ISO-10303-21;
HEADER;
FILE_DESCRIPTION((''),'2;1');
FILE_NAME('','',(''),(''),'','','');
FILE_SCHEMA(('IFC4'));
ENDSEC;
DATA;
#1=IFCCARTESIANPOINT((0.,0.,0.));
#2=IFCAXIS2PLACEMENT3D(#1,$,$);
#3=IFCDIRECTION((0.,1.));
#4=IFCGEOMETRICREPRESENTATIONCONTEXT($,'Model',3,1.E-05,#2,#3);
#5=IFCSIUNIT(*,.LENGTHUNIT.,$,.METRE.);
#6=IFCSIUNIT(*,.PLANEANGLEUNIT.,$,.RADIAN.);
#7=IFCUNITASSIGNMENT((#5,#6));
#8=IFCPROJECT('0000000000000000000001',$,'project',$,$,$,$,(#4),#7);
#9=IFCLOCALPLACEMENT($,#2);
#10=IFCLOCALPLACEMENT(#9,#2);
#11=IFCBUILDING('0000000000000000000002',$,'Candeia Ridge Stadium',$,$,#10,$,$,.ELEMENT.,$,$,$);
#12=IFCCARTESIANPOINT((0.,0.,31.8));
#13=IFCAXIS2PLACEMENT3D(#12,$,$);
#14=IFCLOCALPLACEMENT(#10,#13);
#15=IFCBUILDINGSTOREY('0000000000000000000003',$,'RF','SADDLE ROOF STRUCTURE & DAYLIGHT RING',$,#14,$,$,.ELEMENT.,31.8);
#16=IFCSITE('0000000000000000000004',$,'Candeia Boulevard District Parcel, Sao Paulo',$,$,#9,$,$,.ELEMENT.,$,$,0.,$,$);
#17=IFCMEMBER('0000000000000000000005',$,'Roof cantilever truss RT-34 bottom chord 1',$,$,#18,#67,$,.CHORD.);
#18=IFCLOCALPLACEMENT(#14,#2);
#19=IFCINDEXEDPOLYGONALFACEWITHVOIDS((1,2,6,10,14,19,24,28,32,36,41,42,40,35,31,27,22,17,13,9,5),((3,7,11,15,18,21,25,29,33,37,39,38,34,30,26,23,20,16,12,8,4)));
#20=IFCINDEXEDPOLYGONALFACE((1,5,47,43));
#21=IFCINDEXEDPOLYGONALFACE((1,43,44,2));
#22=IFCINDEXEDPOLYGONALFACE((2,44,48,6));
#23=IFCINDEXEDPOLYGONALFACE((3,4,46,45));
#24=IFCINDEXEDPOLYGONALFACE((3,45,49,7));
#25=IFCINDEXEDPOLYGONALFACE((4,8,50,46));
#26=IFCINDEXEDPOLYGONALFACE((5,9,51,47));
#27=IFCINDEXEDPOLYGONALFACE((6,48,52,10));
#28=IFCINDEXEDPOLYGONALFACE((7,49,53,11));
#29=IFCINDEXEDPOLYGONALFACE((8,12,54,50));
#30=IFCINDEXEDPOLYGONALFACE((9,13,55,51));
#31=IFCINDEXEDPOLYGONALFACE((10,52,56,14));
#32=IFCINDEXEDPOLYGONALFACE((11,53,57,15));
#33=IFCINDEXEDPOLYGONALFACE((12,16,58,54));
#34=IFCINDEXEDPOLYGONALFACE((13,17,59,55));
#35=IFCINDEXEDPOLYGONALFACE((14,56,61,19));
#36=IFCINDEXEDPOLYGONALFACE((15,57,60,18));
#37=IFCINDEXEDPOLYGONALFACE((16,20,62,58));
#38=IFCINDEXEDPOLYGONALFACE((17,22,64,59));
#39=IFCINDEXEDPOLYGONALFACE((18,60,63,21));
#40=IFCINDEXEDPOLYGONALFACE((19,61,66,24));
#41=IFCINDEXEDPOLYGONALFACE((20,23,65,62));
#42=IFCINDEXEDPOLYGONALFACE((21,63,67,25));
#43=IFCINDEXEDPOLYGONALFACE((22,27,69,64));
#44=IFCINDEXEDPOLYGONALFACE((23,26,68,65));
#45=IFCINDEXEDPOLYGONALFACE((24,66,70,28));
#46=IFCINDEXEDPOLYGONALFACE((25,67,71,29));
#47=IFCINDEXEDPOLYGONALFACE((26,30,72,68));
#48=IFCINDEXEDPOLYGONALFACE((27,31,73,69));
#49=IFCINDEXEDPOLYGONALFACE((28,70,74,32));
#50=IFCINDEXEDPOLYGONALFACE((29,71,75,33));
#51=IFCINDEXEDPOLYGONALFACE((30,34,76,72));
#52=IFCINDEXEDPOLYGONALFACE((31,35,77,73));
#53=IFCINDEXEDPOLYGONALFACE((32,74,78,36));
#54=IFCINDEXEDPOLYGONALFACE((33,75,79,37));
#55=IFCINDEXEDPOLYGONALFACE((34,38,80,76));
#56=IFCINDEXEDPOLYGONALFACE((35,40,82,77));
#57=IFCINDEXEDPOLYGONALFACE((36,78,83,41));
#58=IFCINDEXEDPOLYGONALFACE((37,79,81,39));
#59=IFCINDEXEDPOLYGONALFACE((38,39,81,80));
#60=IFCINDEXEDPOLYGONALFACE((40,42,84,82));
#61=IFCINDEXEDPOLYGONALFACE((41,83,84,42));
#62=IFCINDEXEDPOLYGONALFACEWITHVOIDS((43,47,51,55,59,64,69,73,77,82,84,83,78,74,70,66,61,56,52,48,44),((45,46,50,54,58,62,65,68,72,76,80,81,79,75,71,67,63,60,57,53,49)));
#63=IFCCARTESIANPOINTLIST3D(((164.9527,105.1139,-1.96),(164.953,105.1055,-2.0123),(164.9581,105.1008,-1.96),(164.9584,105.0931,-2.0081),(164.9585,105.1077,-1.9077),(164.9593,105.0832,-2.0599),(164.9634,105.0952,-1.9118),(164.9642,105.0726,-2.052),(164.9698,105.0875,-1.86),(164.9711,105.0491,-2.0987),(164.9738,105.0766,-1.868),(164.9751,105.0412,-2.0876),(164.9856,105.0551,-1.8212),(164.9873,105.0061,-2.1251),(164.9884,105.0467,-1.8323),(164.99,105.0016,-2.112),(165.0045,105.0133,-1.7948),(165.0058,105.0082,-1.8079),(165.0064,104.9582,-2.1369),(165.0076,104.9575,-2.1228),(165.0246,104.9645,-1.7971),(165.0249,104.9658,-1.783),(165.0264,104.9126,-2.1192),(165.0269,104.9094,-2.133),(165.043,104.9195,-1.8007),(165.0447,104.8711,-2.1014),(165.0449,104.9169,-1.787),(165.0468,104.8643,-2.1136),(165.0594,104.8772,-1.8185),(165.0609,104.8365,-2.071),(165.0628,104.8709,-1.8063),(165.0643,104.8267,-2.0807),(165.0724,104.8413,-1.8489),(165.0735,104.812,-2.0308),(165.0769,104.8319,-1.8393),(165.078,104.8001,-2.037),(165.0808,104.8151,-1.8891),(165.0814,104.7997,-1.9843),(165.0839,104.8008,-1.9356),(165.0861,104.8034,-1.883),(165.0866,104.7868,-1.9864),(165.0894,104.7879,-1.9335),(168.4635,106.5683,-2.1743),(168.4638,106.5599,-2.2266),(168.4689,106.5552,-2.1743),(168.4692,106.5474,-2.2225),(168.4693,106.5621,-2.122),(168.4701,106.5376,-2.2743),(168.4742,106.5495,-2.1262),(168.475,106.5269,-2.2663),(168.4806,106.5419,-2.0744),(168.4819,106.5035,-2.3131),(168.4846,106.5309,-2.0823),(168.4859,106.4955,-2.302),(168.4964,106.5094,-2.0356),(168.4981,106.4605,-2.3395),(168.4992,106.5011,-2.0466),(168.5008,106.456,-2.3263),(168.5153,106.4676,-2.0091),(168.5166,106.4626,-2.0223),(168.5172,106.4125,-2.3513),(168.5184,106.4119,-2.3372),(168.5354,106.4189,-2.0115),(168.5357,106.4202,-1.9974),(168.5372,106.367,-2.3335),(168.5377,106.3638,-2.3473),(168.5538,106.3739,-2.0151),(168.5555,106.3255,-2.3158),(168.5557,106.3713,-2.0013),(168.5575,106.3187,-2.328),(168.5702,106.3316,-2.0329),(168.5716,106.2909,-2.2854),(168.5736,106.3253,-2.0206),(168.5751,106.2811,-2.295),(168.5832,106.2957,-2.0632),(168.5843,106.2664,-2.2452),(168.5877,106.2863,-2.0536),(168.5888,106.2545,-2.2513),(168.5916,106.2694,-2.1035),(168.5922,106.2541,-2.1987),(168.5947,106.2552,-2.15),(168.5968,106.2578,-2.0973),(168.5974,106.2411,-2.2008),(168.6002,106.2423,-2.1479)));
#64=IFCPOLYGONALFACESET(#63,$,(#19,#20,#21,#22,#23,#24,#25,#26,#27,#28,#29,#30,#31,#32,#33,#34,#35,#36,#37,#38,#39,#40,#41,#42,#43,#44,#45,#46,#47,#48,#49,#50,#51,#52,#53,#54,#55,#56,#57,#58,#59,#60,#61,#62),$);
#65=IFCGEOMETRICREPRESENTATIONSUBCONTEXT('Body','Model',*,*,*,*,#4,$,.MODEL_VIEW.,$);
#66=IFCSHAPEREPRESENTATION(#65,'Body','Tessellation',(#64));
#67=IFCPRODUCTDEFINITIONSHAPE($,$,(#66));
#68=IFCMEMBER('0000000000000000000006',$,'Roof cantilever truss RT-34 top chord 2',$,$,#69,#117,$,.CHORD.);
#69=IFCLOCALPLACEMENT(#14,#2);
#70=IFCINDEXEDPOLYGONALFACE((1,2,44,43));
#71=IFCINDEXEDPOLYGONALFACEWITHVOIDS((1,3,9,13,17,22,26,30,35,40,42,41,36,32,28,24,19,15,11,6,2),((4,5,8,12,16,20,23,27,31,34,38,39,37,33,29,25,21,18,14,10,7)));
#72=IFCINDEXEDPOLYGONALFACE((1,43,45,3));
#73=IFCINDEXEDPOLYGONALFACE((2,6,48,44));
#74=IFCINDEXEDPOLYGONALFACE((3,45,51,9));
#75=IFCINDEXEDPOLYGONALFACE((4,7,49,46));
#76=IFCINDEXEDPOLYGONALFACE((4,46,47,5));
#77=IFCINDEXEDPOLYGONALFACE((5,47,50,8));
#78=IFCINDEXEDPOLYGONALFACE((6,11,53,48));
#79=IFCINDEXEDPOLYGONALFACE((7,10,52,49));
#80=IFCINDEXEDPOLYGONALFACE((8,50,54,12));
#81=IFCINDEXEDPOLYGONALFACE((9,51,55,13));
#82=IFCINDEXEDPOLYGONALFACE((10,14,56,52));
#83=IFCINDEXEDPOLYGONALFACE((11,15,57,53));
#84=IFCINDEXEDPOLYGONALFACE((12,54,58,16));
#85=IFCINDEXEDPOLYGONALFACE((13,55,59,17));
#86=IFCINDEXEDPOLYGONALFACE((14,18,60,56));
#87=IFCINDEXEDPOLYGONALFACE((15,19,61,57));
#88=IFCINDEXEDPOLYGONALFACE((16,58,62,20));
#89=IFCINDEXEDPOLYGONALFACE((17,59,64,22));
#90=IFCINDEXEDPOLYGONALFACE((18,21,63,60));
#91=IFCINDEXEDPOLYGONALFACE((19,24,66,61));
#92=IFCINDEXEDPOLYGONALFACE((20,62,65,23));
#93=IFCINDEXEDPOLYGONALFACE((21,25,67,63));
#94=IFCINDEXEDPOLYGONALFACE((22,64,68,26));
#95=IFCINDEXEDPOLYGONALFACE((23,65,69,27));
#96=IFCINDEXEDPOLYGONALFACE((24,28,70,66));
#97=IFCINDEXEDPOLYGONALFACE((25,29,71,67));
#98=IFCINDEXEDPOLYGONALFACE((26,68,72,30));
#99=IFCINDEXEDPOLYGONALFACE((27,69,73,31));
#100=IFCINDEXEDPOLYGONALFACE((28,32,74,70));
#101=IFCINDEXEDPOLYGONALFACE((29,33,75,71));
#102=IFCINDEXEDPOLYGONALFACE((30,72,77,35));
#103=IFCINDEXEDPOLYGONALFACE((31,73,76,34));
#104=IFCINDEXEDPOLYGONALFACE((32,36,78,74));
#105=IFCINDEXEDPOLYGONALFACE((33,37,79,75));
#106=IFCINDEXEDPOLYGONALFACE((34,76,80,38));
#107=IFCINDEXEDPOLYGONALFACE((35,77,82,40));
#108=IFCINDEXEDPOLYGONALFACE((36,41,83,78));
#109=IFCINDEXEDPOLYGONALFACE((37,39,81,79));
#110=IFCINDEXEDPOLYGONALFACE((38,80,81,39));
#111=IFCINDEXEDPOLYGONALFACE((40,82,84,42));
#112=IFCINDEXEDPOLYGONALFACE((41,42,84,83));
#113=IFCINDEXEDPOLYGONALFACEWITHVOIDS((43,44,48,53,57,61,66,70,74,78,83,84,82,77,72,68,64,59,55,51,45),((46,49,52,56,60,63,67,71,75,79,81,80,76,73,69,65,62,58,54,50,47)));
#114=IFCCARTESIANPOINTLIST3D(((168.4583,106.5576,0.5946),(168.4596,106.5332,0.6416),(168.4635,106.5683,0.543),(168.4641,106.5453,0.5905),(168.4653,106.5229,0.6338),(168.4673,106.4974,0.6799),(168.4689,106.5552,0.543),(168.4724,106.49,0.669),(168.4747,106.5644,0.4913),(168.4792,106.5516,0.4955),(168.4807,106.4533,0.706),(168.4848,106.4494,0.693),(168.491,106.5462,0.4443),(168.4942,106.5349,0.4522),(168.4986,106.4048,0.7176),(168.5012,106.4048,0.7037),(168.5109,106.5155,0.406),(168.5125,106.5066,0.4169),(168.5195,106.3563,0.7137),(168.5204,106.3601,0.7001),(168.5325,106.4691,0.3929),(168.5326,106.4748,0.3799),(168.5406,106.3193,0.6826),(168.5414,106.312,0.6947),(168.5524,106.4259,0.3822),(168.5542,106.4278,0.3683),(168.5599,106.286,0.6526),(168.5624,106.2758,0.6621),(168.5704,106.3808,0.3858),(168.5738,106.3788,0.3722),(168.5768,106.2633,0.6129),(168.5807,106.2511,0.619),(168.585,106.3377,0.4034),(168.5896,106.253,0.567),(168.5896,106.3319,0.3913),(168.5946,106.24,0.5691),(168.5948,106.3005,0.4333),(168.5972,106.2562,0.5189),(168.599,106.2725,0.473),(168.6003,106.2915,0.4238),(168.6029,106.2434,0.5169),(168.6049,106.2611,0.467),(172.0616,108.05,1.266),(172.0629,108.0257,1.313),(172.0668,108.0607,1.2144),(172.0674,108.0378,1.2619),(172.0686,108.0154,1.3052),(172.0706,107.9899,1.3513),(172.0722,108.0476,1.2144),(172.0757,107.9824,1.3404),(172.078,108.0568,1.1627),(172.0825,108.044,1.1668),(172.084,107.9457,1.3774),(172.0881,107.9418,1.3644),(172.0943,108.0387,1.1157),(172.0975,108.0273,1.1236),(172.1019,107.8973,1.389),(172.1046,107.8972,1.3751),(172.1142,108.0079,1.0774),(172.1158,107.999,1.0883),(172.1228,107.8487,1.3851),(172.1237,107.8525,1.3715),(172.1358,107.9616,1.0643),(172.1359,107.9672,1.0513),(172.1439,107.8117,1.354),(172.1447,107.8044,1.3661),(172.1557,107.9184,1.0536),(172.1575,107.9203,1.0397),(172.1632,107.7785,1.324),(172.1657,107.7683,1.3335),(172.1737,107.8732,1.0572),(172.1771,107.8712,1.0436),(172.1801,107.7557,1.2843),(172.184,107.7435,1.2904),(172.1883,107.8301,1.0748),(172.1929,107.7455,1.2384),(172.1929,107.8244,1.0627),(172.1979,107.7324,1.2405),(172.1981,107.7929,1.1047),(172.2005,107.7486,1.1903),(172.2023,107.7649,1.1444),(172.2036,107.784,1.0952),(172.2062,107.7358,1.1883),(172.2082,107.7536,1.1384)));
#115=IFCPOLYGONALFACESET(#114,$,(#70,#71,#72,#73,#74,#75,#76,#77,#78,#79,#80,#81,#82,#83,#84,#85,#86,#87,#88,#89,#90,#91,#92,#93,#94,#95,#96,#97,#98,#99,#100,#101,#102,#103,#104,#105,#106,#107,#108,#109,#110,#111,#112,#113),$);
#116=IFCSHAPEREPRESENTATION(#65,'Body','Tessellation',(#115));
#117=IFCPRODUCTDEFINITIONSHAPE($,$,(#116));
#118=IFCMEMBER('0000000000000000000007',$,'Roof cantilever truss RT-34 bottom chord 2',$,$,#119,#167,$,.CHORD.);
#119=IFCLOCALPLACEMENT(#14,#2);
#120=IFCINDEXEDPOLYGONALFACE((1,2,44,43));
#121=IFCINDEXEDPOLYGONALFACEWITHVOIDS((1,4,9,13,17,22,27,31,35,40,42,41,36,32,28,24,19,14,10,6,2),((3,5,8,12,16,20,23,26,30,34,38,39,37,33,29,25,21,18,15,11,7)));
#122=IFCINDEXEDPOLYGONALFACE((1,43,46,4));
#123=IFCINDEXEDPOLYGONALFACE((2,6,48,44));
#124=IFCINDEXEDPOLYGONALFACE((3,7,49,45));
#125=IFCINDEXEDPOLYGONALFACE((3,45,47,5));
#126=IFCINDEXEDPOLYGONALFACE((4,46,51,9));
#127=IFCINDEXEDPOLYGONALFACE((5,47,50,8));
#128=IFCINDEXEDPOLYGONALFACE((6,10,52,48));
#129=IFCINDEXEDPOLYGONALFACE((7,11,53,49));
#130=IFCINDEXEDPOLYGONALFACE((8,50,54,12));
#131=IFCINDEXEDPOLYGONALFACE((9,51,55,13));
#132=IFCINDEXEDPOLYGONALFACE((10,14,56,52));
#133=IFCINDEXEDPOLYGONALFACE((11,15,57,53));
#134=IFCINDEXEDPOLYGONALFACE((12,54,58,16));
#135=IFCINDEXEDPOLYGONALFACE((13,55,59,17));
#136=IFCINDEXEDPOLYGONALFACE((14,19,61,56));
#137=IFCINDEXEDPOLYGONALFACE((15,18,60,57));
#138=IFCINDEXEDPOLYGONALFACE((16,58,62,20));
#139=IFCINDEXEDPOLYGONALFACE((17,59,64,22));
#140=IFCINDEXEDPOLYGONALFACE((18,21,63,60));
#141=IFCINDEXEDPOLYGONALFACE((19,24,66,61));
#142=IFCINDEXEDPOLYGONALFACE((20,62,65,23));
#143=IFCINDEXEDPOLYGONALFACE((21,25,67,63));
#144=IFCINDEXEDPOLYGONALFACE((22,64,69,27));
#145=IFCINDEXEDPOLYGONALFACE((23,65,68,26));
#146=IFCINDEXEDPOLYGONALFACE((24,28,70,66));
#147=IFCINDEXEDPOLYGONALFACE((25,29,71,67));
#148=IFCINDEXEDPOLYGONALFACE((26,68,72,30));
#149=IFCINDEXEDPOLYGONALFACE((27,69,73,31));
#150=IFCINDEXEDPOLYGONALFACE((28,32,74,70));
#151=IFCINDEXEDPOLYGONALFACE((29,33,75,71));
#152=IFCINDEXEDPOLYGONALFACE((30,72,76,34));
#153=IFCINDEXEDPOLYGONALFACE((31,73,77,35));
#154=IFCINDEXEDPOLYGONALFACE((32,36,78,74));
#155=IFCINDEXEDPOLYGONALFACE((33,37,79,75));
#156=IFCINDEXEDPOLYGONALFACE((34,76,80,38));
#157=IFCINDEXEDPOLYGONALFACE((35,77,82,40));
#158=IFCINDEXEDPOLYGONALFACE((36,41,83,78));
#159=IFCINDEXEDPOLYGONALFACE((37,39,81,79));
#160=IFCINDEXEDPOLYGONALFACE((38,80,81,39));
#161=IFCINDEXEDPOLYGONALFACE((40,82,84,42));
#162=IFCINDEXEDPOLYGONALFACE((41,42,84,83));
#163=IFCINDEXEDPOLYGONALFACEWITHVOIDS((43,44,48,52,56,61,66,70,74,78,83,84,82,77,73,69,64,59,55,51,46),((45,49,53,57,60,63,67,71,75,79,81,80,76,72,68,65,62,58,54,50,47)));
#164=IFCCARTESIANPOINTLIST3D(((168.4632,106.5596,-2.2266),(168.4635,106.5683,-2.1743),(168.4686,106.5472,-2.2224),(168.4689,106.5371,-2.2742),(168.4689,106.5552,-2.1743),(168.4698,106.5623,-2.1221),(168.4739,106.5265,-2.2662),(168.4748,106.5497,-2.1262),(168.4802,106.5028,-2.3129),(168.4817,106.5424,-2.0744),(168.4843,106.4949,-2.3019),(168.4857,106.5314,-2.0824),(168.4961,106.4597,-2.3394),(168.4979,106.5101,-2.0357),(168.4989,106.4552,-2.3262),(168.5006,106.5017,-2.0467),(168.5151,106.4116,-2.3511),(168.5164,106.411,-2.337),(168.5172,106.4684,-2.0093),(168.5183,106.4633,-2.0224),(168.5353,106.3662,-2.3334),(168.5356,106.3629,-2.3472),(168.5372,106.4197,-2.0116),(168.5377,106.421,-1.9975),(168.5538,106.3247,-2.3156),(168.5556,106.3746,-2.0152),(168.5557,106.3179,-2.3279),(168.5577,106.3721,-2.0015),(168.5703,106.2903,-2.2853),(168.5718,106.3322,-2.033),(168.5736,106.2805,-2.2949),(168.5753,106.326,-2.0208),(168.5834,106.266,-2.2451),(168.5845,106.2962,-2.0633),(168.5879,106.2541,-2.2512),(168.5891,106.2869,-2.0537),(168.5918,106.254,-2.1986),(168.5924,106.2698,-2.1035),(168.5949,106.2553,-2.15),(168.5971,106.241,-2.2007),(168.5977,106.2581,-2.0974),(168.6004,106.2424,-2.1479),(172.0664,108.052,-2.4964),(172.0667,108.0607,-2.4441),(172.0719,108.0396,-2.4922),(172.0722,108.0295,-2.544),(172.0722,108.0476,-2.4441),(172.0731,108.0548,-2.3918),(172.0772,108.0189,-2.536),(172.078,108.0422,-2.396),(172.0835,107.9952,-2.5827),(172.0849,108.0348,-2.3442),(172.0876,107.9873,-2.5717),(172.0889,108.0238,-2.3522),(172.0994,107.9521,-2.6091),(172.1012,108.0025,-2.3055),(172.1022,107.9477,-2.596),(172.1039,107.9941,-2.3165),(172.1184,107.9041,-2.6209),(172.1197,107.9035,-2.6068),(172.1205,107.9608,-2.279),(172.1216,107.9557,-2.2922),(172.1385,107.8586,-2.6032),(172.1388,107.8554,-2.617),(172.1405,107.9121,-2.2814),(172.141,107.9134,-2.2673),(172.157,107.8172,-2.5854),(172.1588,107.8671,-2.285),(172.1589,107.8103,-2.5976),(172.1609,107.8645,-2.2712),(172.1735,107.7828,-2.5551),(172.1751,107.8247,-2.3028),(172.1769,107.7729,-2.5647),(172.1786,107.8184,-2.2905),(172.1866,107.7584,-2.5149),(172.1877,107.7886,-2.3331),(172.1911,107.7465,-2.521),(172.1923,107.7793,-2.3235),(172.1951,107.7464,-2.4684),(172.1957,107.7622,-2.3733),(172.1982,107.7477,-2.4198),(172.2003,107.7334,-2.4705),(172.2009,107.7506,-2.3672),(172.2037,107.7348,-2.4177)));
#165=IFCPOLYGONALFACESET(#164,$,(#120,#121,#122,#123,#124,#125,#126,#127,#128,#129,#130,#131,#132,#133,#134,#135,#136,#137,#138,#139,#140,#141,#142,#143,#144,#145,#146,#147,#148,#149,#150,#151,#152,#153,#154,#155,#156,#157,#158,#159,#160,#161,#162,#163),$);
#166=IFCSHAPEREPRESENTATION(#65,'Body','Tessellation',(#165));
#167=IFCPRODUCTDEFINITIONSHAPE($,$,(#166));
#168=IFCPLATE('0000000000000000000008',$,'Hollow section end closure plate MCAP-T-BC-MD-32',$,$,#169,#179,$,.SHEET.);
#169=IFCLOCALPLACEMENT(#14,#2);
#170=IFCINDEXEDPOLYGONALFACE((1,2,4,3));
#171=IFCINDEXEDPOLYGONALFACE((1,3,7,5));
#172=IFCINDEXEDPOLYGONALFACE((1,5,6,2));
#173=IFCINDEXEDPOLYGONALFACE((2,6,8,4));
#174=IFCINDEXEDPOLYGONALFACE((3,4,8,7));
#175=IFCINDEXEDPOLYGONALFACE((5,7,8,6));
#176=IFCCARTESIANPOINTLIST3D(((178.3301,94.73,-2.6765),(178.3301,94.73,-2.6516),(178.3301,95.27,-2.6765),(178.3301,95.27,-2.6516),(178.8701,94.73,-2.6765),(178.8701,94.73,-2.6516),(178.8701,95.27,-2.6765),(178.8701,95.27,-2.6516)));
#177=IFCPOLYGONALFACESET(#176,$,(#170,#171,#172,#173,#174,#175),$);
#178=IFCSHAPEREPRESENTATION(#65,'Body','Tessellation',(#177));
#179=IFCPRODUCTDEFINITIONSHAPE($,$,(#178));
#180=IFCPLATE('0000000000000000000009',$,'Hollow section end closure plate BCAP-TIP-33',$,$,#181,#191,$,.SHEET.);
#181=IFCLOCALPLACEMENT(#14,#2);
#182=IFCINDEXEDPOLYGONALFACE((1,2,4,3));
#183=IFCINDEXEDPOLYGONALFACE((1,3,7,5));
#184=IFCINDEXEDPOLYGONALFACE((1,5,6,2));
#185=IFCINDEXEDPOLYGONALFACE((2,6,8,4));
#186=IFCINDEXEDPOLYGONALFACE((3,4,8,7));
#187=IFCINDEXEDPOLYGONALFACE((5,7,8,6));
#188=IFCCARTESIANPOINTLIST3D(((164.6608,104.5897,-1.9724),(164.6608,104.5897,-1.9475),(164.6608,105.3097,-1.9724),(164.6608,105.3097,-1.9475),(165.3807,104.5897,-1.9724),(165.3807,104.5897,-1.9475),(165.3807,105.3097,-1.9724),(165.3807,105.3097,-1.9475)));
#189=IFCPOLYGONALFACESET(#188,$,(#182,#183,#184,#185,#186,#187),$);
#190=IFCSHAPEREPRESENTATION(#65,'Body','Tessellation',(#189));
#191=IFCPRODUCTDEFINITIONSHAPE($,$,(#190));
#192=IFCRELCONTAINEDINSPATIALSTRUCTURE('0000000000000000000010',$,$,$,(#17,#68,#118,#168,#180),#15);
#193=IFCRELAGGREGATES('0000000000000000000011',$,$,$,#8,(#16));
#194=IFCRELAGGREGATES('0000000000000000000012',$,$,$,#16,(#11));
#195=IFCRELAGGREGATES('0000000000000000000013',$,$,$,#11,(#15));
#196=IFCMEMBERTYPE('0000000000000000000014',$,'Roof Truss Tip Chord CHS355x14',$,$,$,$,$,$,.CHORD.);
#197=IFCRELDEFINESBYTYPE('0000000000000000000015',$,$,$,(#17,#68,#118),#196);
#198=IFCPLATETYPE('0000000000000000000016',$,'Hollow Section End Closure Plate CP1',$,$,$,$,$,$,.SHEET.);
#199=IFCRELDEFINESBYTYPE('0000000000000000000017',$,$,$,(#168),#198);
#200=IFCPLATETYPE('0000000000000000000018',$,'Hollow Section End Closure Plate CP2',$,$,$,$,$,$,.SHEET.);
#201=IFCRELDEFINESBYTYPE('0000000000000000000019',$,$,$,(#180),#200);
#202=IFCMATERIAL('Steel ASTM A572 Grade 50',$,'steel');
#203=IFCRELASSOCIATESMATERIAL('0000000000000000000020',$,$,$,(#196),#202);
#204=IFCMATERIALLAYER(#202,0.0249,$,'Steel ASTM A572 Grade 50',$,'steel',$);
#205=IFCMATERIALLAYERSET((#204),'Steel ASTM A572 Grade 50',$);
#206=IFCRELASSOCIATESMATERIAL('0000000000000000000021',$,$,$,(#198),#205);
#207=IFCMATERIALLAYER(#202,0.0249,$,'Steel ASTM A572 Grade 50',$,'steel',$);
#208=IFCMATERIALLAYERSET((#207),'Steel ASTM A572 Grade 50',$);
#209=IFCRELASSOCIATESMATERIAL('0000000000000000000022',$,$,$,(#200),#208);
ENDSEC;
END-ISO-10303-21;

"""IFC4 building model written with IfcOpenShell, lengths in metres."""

from ifc_helpers import new_model, si_unit, direction, frame, origin, origin_2d, place, context, subcontext, project, spatial, rectangle, hollow_circle, extrude, material, layer, layer_set, material_profile, profile_set, type_object, element, save


model = new_model("IFC4")

# Units and contexts
model_context = context("Model", 3, precision=1e-05, world=origin(), true_north=direction((0.0, 1.0)))
body_context = subcontext(model_context, "Body", "Model", "MODEL_VIEW")
ifc_project = project(units=[si_unit("LENGTHUNIT", "METRE"), si_unit("PLANEANGLEUNIT", "RADIAN")], contexts=[model_context])

# Site, building, storey
site_placement = place(None, origin())
site = spatial("IfcSite", under=ifc_project, at=site_placement, Name="Candeia Boulevard District Parcel, Sao Paulo", CompositionType="ELEMENT", RefElevation=0.0)
building_placement = place(site_placement, origin())
building = spatial("IfcBuilding", under=site, at=building_placement, Name="Candeia Ridge Stadium", CompositionType="ELEMENT")
storey_placement = place(building_placement, frame((0.0, 0.0, 31.8)))
storey = spatial("IfcBuildingStorey", under=building, at=storey_placement, Name="RF", Description="SADDLE ROOF STRUCTURE & DAYLIGHT RING", CompositionType="ELEMENT", Elevation=31.8)

# Shared definitions
ifc_material_1 = material(Name="Steel ASTM A572 Grade 50", Category="steel")

# Members
ifc_material_profile_1 = material_profile(ifc_material_1, hollow_circle(Radius=0.1777, WallThickness=0.0142, at=origin_2d()), Name="CHS355x14", Category="steel")
ifc_profile_set_1 = profile_set([ifc_material_profile_1], Name="Steel ASTM A572 Grade 50")
member_type_1 = type_object("IfcMemberType", Name="Roof Truss Tip Chord CHS355x14", PredefinedType="CHORD", material=ifc_profile_set_1)
member_1_placement = place(storey_placement, frame((165.0208, 104.9497, -1.96), z_axis=(0.922399, 0.382109, -0.056319), x_axis=(-0.382717, 0.923866, 0.0)))
element("IfcMember", 1, at=member_1_placement, inside=storey, type_object=member_type_1, Name="Roof cantilever truss RT-34 bottom chord 1", PredefinedType="CHORD", context=body_context, shape_type="SweptSolid", body=[
    extrude(hollow_circle(Radius=0.1777, WallThickness=0.0142, at=origin_2d()), origin(), (0.0, 0.0, 1.0), 3.8062),
])
member_2_placement = place(storey_placement, frame((168.5315, 106.4041, 0.543), z_axis=(0.910496, 0.377116, 0.16965), x_axis=(-0.382663, 0.923888, 0.0)))
element("IfcMember", 2, at=member_2_placement, inside=storey, type_object=member_type_1, Name="Roof cantilever truss RT-34 top chord 2", PredefinedType="CHORD", context=body_context, shape_type="SweptSolid", body=[
    extrude(hollow_circle(Radius=0.1777, WallThickness=0.0142, at=origin_2d()), origin(), (0.0, 0.0, 1.0), 3.9575),
])
member_3_placement = place(storey_placement, frame((168.5315, 106.4041, -2.1743), z_axis=(0.921686, 0.381751, -0.069006), x_axis=(-0.382663, 0.923888, 0.0)))
element("IfcMember", 3, at=member_3_placement, inside=storey, type_object=member_type_1, Name="Roof cantilever truss RT-34 bottom chord 2", PredefinedType="CHORD", context=body_context, shape_type="SweptSolid", body=[
    extrude(hollow_circle(Radius=0.1777, WallThickness=0.0142, at=origin_2d()), origin(), (0.0, 0.0, 1.0), 3.9094),
])

# Plates
ifc_layer_1 = layer(ifc_material_1, 0.0249, Name="Steel ASTM A572 Grade 50", Category="steel")
ifc_layer_set_1 = layer_set([ifc_layer_1], Name="Steel ASTM A572 Grade 50")
plate_type_1 = type_object("IfcPlateType", Name="Hollow Section End Closure Plate CP1", PredefinedType="SHEET", material=ifc_layer_set_1)
plate_1_placement = place(storey_placement, frame((178.6001, 95.0, -2.6765), z_axis=(0.0, 0.0, 1.0), x_axis=(1.0, 0.0, 0.0)))
element("IfcPlate", 4, at=plate_1_placement, inside=storey, type_object=plate_type_1, Name="Hollow section end closure plate MCAP-T-BC-MD-32", PredefinedType="SHEET", context=body_context, shape_type="SweptSolid", body=[
    extrude(rectangle(XDim=0.54, YDim=0.54, at=origin_2d()), origin(), (0.0, 0.0, 1.0), 0.0249),
])
ifc_layer_2 = layer(ifc_material_1, 0.0249, Name="Steel ASTM A572 Grade 50", Category="steel")
ifc_layer_set_2 = layer_set([ifc_layer_2], Name="Steel ASTM A572 Grade 50")
plate_type_2 = type_object("IfcPlateType", Name="Hollow Section End Closure Plate CP2", PredefinedType="SHEET", material=ifc_layer_set_2)
plate_2_placement = place(storey_placement, frame((165.0208, 104.9497, -1.9724), z_axis=(0.0, 0.0, 1.0), x_axis=(1.0, 0.0, 0.0)))
element("IfcPlate", 5, at=plate_2_placement, inside=storey, type_object=plate_type_2, Name="Hollow section end closure plate BCAP-TIP-33", PredefinedType="SHEET", context=body_context, shape_type="SweptSolid", body=[
    extrude(rectangle(XDim=0.72, YDim=0.72, at=origin_2d()), origin(), (0.0, 0.0, 1.0), 0.0249),
])

save(model, "model.ifc")
